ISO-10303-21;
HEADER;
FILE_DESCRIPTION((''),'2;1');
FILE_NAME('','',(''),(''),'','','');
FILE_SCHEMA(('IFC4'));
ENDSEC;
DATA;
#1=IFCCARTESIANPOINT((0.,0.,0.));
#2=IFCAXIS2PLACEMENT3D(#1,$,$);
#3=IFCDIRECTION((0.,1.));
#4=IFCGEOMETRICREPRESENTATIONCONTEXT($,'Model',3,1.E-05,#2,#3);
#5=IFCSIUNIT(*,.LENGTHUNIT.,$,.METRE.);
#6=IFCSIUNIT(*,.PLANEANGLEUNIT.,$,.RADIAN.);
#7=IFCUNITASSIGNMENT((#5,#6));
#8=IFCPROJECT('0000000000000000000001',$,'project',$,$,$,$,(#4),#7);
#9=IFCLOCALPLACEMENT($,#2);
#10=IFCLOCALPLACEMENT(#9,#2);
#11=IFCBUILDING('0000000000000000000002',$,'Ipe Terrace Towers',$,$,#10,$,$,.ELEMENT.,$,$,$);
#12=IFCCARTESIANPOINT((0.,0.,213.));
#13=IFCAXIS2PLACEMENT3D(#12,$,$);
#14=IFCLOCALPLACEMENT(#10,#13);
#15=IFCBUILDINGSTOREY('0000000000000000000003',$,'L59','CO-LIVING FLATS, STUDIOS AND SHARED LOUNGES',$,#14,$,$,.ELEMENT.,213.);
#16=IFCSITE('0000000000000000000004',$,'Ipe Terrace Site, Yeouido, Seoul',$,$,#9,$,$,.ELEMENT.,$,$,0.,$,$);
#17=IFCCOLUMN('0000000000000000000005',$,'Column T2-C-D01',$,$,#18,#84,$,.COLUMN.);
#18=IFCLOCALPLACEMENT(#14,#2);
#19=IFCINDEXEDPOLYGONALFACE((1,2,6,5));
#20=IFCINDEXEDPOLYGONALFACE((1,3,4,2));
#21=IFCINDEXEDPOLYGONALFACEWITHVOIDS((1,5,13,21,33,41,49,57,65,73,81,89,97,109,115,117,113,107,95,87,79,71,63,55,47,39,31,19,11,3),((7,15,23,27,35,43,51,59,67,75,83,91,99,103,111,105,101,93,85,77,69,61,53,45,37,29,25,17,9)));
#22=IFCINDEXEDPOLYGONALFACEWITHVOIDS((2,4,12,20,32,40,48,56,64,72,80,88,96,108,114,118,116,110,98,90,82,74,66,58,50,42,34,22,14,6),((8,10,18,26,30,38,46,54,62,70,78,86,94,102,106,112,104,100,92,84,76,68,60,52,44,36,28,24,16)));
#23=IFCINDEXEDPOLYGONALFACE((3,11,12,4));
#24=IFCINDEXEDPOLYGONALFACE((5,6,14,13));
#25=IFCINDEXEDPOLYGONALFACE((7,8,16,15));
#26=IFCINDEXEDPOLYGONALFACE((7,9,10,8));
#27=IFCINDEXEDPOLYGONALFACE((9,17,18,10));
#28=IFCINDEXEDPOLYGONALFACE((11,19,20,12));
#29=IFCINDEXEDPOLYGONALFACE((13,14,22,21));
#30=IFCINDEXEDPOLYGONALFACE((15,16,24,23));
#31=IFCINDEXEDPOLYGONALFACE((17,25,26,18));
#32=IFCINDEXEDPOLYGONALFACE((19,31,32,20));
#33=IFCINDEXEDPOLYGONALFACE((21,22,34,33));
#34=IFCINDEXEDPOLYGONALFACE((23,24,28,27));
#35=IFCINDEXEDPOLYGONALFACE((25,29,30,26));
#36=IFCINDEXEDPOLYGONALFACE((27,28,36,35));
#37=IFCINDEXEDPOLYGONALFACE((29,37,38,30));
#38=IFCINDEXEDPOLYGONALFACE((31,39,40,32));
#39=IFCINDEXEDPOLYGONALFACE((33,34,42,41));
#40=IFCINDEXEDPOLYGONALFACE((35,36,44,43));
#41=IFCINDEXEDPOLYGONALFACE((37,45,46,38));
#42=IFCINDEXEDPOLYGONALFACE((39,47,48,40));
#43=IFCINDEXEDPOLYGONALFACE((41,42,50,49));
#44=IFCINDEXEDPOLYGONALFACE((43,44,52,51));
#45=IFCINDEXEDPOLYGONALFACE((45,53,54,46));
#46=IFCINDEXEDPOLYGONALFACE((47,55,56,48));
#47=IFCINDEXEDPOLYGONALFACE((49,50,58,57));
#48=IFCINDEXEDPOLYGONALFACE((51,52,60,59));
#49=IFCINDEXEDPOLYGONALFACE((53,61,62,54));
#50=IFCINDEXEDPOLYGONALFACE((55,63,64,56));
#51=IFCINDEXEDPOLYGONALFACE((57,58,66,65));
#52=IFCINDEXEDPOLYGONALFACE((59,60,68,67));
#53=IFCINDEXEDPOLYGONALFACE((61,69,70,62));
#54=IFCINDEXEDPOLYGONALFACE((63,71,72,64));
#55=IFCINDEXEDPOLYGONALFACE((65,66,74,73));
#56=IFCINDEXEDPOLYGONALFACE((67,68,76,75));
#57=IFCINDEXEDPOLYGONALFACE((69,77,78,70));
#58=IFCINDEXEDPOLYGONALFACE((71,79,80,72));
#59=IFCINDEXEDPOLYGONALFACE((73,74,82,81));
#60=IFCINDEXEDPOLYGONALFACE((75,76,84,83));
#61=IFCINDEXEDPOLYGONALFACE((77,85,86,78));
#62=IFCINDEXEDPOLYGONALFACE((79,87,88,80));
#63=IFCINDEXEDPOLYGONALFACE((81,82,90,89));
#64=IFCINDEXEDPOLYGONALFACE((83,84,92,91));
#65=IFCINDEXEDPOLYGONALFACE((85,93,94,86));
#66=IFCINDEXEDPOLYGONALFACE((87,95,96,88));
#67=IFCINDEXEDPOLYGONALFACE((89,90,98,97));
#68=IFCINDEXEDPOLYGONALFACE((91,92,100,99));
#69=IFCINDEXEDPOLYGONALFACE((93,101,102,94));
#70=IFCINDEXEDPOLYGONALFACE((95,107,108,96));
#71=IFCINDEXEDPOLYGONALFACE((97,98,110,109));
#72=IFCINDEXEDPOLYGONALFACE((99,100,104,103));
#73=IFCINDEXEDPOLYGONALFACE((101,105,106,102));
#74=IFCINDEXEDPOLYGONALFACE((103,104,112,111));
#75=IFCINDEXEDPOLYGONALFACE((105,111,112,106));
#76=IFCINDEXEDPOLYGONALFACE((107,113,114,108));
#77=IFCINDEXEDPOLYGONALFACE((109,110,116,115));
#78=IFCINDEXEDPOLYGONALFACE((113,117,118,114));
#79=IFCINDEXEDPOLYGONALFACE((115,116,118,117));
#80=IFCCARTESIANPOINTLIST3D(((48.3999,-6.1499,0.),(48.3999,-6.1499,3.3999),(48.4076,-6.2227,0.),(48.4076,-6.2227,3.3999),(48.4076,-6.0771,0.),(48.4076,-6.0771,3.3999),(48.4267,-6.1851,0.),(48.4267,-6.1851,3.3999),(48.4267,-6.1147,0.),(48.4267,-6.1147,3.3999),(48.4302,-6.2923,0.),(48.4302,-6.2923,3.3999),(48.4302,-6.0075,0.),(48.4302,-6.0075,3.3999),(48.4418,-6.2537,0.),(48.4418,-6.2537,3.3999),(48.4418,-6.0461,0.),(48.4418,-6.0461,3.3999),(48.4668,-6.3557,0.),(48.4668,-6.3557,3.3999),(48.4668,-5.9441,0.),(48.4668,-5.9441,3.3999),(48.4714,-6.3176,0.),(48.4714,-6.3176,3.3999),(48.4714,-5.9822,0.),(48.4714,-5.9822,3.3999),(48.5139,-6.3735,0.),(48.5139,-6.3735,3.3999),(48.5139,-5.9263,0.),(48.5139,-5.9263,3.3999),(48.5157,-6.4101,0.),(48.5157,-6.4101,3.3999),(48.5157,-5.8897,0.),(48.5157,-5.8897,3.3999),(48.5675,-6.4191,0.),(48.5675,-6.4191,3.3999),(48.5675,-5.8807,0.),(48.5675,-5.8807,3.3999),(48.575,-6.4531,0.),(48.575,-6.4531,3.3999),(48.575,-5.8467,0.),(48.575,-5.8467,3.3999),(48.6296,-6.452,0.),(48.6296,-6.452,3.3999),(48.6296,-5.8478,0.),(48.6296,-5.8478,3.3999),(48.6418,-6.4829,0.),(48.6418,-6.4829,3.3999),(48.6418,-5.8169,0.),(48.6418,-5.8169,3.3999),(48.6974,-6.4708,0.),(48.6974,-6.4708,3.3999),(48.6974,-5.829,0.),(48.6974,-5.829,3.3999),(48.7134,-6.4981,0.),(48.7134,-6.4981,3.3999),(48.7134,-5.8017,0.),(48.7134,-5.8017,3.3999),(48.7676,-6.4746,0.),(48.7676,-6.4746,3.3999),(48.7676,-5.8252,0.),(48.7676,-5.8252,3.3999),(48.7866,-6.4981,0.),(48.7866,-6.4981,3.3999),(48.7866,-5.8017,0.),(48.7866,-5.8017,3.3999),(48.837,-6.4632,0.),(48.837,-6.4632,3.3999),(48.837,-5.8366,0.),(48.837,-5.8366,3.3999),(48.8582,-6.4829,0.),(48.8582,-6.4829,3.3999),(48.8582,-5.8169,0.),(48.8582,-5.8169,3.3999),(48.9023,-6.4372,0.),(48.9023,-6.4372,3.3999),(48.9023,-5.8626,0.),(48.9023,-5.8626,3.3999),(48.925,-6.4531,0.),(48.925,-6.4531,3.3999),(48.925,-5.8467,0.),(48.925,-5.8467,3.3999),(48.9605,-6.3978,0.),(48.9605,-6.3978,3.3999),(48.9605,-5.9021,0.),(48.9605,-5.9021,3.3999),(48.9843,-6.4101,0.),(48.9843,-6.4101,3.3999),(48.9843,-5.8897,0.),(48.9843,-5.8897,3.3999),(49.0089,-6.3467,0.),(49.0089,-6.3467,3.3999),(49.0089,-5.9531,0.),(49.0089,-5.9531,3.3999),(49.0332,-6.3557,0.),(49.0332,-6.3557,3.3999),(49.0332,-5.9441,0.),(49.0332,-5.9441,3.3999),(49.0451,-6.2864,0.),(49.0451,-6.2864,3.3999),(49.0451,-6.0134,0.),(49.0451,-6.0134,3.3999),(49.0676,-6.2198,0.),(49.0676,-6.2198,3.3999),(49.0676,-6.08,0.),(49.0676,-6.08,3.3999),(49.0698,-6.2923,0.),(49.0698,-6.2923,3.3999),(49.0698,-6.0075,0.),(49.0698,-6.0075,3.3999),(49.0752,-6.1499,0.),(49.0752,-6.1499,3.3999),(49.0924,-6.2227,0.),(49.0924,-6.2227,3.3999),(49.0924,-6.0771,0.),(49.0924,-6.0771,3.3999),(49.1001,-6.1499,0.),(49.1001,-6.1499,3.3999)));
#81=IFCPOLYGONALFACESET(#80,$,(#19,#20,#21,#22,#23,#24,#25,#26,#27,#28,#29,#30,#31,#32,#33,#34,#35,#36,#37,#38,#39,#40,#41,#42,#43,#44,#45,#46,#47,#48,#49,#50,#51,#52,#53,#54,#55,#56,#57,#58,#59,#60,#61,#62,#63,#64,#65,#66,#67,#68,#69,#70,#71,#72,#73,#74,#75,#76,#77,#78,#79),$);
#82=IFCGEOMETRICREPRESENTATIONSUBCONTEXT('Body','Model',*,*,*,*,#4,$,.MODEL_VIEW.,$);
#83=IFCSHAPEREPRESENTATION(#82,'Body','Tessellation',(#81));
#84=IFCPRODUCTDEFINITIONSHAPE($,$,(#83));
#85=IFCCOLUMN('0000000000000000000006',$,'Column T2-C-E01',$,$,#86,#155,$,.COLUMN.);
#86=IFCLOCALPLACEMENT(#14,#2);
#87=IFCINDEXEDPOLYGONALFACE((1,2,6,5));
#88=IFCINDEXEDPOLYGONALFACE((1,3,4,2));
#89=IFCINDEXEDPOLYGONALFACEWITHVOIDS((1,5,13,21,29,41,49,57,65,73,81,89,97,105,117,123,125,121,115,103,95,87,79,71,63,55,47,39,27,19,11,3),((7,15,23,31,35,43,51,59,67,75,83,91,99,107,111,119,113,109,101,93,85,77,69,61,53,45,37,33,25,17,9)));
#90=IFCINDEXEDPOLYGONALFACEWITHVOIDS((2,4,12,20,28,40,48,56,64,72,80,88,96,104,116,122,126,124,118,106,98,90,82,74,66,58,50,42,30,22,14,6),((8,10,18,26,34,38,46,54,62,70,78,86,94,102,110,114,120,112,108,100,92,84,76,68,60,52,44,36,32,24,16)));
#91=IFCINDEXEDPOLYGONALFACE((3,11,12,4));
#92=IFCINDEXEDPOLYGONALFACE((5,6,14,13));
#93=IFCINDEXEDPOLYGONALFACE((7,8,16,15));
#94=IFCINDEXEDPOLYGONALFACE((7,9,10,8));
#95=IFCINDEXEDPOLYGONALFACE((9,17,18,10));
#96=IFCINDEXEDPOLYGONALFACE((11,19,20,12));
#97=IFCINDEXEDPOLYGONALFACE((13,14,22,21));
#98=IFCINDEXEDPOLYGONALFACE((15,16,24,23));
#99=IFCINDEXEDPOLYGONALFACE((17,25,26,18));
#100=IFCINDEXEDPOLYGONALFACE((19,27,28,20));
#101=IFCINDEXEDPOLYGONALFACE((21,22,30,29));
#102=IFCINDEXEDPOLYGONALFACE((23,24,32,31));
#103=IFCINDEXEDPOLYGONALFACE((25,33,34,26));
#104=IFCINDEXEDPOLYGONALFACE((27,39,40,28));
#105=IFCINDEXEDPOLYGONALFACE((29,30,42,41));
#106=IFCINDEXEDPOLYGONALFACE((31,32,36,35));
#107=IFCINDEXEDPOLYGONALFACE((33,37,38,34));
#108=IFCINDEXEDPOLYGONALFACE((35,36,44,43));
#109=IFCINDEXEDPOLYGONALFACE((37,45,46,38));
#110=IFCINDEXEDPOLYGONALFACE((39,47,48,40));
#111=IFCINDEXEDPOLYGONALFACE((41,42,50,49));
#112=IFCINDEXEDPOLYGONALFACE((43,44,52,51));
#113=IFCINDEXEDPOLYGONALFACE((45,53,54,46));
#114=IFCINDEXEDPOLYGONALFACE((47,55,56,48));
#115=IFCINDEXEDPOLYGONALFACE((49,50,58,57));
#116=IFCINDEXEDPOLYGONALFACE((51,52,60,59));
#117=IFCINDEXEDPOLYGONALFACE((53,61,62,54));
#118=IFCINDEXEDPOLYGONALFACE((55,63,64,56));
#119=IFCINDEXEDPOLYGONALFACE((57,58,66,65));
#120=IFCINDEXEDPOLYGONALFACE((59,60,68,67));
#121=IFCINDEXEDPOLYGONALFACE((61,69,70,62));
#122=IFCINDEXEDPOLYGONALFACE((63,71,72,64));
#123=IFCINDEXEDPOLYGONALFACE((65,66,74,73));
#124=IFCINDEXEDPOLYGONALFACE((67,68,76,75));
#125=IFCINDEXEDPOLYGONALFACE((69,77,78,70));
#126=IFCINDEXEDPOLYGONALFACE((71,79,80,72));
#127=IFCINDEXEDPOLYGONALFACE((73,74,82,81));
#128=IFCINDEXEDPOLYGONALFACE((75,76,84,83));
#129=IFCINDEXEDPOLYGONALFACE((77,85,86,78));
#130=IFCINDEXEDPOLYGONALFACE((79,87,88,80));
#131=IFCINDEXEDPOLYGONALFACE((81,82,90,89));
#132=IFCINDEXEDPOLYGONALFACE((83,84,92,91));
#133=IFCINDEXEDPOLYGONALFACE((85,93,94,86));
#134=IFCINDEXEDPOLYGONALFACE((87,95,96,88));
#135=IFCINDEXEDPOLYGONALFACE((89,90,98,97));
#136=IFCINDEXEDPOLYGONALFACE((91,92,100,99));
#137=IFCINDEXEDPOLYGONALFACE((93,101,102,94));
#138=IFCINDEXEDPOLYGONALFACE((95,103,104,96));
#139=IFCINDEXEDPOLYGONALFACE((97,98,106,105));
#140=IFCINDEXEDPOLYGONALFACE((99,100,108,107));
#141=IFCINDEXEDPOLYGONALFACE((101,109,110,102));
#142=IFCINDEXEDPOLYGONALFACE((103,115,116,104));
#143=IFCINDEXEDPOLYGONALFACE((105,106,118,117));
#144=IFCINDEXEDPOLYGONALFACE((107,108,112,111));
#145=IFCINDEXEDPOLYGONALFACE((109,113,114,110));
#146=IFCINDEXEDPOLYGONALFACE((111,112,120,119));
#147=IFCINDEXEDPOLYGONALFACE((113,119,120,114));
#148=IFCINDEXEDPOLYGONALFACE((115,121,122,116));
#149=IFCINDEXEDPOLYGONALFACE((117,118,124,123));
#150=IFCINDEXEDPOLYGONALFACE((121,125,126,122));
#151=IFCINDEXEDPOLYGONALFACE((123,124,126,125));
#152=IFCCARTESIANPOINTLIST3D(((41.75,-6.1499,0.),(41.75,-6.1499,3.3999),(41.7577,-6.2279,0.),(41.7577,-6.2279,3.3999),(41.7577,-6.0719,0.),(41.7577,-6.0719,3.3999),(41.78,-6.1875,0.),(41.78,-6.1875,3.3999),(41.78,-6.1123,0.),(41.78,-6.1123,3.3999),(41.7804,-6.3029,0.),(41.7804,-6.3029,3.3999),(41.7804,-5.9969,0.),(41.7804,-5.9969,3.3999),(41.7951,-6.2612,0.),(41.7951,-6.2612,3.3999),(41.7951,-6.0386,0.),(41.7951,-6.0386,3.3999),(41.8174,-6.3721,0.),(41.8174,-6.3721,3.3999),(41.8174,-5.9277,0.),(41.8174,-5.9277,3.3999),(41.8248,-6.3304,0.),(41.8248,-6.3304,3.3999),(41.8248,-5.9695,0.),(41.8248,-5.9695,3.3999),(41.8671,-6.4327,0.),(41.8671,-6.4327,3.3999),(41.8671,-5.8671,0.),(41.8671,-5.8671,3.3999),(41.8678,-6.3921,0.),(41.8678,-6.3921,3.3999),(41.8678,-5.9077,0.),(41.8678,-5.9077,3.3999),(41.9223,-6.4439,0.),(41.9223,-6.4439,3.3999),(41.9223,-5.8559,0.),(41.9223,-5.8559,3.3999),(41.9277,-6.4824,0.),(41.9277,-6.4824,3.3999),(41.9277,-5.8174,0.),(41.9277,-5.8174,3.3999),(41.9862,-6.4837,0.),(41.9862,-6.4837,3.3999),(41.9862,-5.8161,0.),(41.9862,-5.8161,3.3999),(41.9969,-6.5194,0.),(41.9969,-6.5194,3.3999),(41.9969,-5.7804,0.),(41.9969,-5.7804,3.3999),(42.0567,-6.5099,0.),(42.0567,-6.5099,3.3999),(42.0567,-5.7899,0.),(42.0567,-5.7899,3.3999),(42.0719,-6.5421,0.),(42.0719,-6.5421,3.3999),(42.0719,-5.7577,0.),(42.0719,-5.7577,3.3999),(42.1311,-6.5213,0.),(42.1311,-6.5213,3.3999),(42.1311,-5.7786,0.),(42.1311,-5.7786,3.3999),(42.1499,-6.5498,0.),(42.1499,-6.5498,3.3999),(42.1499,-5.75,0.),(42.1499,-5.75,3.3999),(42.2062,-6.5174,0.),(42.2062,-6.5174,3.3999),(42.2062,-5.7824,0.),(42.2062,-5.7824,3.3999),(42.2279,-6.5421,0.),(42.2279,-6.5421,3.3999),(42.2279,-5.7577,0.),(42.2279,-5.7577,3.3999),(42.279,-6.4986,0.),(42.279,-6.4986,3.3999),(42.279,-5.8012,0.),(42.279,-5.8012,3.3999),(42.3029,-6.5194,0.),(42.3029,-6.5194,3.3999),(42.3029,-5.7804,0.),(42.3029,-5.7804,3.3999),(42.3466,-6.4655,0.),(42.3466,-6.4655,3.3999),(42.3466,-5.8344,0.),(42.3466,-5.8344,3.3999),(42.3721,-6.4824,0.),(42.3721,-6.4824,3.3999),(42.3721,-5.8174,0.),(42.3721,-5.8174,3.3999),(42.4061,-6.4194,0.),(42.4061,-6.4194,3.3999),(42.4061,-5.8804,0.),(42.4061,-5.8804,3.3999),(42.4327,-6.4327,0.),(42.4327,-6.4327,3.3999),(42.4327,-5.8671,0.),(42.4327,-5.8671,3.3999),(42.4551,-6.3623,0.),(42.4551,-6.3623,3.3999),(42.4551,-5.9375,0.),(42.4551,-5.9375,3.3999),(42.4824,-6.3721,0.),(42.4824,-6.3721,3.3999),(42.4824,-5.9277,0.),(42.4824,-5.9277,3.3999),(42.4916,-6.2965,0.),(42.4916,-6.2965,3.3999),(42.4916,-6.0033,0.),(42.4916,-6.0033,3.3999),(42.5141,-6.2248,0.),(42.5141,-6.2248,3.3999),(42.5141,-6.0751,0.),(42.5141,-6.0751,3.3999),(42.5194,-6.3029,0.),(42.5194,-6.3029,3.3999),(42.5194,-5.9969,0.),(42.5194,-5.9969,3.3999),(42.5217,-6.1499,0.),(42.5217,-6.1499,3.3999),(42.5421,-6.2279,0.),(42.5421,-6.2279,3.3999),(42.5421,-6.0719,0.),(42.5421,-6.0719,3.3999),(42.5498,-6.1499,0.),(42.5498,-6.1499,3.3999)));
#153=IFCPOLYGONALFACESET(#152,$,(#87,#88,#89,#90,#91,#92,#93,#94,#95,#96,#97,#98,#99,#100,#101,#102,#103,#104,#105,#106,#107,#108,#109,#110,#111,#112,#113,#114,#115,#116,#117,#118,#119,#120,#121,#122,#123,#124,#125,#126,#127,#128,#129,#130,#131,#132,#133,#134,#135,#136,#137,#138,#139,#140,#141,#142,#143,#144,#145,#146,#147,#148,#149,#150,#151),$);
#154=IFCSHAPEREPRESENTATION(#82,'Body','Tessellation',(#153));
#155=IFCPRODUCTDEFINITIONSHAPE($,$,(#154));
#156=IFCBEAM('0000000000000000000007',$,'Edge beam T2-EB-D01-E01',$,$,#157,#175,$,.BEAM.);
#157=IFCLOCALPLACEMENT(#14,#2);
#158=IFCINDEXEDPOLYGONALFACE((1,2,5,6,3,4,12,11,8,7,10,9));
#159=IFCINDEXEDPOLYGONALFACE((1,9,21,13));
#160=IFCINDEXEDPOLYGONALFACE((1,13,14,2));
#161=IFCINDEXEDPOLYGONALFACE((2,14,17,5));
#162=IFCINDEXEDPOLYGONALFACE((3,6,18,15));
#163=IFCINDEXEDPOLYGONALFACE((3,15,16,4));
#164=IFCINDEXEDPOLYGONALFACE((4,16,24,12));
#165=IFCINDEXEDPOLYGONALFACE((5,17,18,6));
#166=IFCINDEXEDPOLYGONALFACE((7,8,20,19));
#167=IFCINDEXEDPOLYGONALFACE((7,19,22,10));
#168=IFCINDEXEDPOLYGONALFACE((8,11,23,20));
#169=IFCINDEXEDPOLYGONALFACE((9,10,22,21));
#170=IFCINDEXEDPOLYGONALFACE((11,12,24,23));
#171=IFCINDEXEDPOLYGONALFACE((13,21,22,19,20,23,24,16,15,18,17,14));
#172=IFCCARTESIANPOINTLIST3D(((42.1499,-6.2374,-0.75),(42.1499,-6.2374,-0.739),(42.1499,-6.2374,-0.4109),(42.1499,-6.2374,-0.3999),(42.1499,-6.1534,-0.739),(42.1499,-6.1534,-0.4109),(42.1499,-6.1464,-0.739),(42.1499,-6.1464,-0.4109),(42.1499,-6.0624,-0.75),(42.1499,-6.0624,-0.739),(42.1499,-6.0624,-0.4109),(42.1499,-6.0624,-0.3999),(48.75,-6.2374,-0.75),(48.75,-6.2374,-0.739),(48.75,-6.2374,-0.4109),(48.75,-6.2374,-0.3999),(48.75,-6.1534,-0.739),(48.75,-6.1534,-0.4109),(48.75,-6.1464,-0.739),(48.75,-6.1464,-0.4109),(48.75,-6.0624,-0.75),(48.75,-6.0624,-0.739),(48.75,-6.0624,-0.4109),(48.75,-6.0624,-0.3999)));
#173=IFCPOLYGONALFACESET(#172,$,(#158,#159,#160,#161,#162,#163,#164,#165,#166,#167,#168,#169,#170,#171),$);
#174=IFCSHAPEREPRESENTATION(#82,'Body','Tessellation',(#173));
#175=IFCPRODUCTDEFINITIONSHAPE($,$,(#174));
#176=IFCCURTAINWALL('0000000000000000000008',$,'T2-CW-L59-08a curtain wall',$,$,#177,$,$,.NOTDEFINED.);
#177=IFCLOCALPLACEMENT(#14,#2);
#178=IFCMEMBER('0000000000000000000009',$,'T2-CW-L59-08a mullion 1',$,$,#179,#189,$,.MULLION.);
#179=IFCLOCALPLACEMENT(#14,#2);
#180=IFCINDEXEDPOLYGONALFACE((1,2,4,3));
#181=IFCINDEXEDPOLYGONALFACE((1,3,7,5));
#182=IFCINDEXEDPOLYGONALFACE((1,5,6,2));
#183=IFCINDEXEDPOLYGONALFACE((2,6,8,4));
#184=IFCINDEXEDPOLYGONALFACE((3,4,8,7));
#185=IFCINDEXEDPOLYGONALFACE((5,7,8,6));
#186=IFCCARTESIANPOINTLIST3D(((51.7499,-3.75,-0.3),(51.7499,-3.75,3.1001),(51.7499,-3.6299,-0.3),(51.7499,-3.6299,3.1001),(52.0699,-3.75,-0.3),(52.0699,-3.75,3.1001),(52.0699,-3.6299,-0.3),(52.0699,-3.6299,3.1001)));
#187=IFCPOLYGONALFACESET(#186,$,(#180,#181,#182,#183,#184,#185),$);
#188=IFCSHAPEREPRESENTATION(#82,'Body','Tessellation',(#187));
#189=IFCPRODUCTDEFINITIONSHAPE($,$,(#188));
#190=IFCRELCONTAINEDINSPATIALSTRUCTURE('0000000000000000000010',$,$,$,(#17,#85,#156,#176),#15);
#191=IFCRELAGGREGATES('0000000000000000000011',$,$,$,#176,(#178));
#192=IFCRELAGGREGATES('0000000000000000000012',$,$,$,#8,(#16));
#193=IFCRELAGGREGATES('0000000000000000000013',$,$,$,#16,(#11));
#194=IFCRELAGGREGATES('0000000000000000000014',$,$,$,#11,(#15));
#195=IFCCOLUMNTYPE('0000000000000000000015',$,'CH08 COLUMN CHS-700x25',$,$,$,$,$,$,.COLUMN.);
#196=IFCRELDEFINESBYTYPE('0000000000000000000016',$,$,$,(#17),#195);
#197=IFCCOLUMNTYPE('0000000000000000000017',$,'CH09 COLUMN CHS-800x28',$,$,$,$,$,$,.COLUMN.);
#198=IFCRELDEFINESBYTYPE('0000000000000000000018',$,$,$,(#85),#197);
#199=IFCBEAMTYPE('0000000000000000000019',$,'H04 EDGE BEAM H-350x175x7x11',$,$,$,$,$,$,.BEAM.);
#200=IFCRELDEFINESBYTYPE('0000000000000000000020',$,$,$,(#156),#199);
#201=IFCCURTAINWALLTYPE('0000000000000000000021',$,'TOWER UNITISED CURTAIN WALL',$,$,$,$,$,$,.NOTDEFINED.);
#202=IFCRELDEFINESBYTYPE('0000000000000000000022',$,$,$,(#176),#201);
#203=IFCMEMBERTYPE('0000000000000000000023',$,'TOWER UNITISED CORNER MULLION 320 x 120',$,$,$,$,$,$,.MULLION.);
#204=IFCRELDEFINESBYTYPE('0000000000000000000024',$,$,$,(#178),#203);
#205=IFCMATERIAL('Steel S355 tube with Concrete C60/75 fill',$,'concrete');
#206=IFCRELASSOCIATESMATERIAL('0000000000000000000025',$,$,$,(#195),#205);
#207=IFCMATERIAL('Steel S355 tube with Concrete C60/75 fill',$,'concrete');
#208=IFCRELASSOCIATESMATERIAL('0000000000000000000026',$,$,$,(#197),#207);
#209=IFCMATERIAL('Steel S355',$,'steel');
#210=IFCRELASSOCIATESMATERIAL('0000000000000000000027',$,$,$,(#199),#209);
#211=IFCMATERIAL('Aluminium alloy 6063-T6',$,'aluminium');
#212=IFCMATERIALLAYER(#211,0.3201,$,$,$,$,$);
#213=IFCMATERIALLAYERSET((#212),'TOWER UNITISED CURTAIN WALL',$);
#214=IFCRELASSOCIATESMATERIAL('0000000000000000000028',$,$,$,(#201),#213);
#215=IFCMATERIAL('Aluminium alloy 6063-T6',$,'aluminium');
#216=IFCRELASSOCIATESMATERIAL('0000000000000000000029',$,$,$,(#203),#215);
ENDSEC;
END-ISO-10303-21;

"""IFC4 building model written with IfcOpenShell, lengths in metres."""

from ifc_helpers import new_model, si_unit, direction, frame, origin, origin_2d, place, context, subcontext, project, spatial, rectangle, hollow_circle, i_section, extrude, material, layer, layer_set, material_profile, profile_set, type_object, element, aggregate, save


model = new_model("IFC4")

# Units and contexts
model_context = context("Model", 3, precision=1e-05, world=origin(), true_north=direction((0.0, 1.0)))
body_context = subcontext(model_context, "Body", "Model", "MODEL_VIEW")
ifc_project = project(units=[si_unit("LENGTHUNIT", "METRE"), si_unit("PLANEANGLEUNIT", "RADIAN")], contexts=[model_context])

# Site, building, storey
site_placement = place(None, origin())
site = spatial("IfcSite", under=ifc_project, at=site_placement, Name="Ipe Terrace Site, Yeouido, Seoul", CompositionType="ELEMENT", RefElevation=0.0)
building_placement = place(site_placement, origin())
building = spatial("IfcBuilding", under=site, at=building_placement, Name="Ipe Terrace Towers", CompositionType="ELEMENT")
storey_placement = place(building_placement, frame((0.0, 0.0, 213.0)))
storey = spatial("IfcBuildingStorey", under=building, at=storey_placement, Name="L59", Description="CO-LIVING FLATS, STUDIOS AND SHARED LOUNGES", CompositionType="ELEMENT", Elevation=213.0)

# Columns
ifc_material_1 = material(Name="Steel S355 tube with Concrete C60/75 fill", Category="concrete")
ifc_material_profile_1 = material_profile(ifc_material_1, hollow_circle(Radius=0.3501, WallThickness=0.0249, at=origin_2d()), Name="CHS-700x25")
ifc_profile_set_1 = profile_set([ifc_material_profile_1], Name="Steel S355 tube with Concrete C60/75 fill")
column_type_1 = type_object("IfcColumnType", Name="CH08 COLUMN CHS-700x25", PredefinedType="COLUMN", material=ifc_profile_set_1)
column_1_placement = place(storey_placement, frame((48.75, -6.1499, 0.0), z_axis=(0.0, 0.0, 1.0), x_axis=(1.0, 0.0, 0.0)))
element("IfcColumn", 1, at=column_1_placement, inside=storey, type_object=column_type_1, Name="Column T2-C-D01", PredefinedType="COLUMN", context=body_context, shape_type="SweptSolid", body=[
    extrude(hollow_circle(Radius=0.3501, WallThickness=0.0249, at=origin_2d()), origin(), (0.0, 0.0, 1.0), 3.3999),
])
ifc_material_2 = material(Name="Steel S355 tube with Concrete C60/75 fill", Category="concrete")
ifc_material_profile_2 = material_profile(ifc_material_2, hollow_circle(Radius=0.3999, WallThickness=0.0281, at=origin_2d()), Name="CHS-800x28")
ifc_profile_set_2 = profile_set([ifc_material_profile_2], Name="Steel S355 tube with Concrete C60/75 fill")
column_type_2 = type_object("IfcColumnType", Name="CH09 COLUMN CHS-800x28", PredefinedType="COLUMN", material=ifc_profile_set_2)
column_2_placement = place(storey_placement, frame((42.1499, -6.1499, 0.0), z_axis=(0.0, 0.0, 1.0), x_axis=(1.0, 0.0, 0.0)))
element("IfcColumn", 2, at=column_2_placement, inside=storey, type_object=column_type_2, Name="Column T2-C-E01", PredefinedType="COLUMN", context=body_context, shape_type="SweptSolid", body=[
    extrude(hollow_circle(Radius=0.3999, WallThickness=0.0281, at=origin_2d()), origin(), (0.0, 0.0, 1.0), 3.3999),
])

# Beam
ifc_material_3 = material(Name="Steel S355", Category="steel")
ifc_material_profile_3 = material_profile(ifc_material_3, i_section(OverallWidth=0.175, OverallDepth=0.3501, WebThickness=0.0071, FlangeThickness=0.011, at=origin_2d()), Name="H-350x175x7x11")
ifc_profile_set_3 = profile_set([ifc_material_profile_3], Name="Steel S355")
beam_type = type_object("IfcBeamType", Name="H04 EDGE BEAM H-350x175x7x11", PredefinedType="BEAM", material=ifc_profile_set_3)
beam_placement = place(storey_placement, frame((48.75, -6.1499, -0.575), z_axis=(-1.0, 0.0, 0.0), x_axis=(0.0, -1.0, 0.0)))
element("IfcBeam", 3, at=beam_placement, inside=storey, type_object=beam_type, Name="Edge beam T2-EB-D01-E01", PredefinedType="BEAM", context=body_context, shape_type="SweptSolid", body=[
    extrude(i_section(OverallWidth=0.175, OverallDepth=0.3501, WebThickness=0.0071, FlangeThickness=0.011, at=origin_2d()), origin(), (0.0, 0.0, 1.0), 6.6001),
])

# Curtain wall, member
ifc_material_4 = material(Name="Aluminium alloy 6063-T6", Category="aluminium")
ifc_layer_1 = layer(ifc_material_4, 0.3201)
ifc_layer_set_1 = layer_set([ifc_layer_1], Name="TOWER UNITISED CURTAIN WALL")
curtain_wall_type = type_object("IfcCurtainWallType", Name="TOWER UNITISED CURTAIN WALL", PredefinedType="NOTDEFINED", material=ifc_layer_set_1)
curtain_wall_placement = place(storey_placement, origin())
curtain_wall = element("IfcCurtainWall", 4, at=curtain_wall_placement, inside=storey, type_object=curtain_wall_type, Name="T2-CW-L59-08a curtain wall", PredefinedType="NOTDEFINED")
ifc_material_5 = material(Name="Aluminium alloy 6063-T6", Category="aluminium")
ifc_material_profile_4 = material_profile(ifc_material_5, rectangle(XDim=0.3201, YDim=0.1201, at=origin_2d()), Name="TOWER UNITISED CORNER MULLION 320 x 120")
ifc_profile_set_4 = profile_set([ifc_material_profile_4], Name="Aluminium alloy 6063-T6")
member_type = type_object("IfcMemberType", Name="TOWER UNITISED CORNER MULLION 320 x 120", PredefinedType="MULLION", material=ifc_profile_set_4)
member_placement = place(storey_placement, frame((51.9099, -3.6899, -0.3), z_axis=(0.0, 0.0, 1.0), x_axis=(1.0, 0.0, 0.0)))
member = element("IfcMember", 5, at=member_placement, type_object=member_type, Name="T2-CW-L59-08a mullion 1", PredefinedType="MULLION", context=body_context, shape_type="SweptSolid", body=[
    extrude(rectangle(XDim=0.3201, YDim=0.1201, at=origin_2d()), origin(), (0.0, 0.0, 1.0), 3.4001),
])
aggregate(curtain_wall, [member])

save(model, "model.ifc")
